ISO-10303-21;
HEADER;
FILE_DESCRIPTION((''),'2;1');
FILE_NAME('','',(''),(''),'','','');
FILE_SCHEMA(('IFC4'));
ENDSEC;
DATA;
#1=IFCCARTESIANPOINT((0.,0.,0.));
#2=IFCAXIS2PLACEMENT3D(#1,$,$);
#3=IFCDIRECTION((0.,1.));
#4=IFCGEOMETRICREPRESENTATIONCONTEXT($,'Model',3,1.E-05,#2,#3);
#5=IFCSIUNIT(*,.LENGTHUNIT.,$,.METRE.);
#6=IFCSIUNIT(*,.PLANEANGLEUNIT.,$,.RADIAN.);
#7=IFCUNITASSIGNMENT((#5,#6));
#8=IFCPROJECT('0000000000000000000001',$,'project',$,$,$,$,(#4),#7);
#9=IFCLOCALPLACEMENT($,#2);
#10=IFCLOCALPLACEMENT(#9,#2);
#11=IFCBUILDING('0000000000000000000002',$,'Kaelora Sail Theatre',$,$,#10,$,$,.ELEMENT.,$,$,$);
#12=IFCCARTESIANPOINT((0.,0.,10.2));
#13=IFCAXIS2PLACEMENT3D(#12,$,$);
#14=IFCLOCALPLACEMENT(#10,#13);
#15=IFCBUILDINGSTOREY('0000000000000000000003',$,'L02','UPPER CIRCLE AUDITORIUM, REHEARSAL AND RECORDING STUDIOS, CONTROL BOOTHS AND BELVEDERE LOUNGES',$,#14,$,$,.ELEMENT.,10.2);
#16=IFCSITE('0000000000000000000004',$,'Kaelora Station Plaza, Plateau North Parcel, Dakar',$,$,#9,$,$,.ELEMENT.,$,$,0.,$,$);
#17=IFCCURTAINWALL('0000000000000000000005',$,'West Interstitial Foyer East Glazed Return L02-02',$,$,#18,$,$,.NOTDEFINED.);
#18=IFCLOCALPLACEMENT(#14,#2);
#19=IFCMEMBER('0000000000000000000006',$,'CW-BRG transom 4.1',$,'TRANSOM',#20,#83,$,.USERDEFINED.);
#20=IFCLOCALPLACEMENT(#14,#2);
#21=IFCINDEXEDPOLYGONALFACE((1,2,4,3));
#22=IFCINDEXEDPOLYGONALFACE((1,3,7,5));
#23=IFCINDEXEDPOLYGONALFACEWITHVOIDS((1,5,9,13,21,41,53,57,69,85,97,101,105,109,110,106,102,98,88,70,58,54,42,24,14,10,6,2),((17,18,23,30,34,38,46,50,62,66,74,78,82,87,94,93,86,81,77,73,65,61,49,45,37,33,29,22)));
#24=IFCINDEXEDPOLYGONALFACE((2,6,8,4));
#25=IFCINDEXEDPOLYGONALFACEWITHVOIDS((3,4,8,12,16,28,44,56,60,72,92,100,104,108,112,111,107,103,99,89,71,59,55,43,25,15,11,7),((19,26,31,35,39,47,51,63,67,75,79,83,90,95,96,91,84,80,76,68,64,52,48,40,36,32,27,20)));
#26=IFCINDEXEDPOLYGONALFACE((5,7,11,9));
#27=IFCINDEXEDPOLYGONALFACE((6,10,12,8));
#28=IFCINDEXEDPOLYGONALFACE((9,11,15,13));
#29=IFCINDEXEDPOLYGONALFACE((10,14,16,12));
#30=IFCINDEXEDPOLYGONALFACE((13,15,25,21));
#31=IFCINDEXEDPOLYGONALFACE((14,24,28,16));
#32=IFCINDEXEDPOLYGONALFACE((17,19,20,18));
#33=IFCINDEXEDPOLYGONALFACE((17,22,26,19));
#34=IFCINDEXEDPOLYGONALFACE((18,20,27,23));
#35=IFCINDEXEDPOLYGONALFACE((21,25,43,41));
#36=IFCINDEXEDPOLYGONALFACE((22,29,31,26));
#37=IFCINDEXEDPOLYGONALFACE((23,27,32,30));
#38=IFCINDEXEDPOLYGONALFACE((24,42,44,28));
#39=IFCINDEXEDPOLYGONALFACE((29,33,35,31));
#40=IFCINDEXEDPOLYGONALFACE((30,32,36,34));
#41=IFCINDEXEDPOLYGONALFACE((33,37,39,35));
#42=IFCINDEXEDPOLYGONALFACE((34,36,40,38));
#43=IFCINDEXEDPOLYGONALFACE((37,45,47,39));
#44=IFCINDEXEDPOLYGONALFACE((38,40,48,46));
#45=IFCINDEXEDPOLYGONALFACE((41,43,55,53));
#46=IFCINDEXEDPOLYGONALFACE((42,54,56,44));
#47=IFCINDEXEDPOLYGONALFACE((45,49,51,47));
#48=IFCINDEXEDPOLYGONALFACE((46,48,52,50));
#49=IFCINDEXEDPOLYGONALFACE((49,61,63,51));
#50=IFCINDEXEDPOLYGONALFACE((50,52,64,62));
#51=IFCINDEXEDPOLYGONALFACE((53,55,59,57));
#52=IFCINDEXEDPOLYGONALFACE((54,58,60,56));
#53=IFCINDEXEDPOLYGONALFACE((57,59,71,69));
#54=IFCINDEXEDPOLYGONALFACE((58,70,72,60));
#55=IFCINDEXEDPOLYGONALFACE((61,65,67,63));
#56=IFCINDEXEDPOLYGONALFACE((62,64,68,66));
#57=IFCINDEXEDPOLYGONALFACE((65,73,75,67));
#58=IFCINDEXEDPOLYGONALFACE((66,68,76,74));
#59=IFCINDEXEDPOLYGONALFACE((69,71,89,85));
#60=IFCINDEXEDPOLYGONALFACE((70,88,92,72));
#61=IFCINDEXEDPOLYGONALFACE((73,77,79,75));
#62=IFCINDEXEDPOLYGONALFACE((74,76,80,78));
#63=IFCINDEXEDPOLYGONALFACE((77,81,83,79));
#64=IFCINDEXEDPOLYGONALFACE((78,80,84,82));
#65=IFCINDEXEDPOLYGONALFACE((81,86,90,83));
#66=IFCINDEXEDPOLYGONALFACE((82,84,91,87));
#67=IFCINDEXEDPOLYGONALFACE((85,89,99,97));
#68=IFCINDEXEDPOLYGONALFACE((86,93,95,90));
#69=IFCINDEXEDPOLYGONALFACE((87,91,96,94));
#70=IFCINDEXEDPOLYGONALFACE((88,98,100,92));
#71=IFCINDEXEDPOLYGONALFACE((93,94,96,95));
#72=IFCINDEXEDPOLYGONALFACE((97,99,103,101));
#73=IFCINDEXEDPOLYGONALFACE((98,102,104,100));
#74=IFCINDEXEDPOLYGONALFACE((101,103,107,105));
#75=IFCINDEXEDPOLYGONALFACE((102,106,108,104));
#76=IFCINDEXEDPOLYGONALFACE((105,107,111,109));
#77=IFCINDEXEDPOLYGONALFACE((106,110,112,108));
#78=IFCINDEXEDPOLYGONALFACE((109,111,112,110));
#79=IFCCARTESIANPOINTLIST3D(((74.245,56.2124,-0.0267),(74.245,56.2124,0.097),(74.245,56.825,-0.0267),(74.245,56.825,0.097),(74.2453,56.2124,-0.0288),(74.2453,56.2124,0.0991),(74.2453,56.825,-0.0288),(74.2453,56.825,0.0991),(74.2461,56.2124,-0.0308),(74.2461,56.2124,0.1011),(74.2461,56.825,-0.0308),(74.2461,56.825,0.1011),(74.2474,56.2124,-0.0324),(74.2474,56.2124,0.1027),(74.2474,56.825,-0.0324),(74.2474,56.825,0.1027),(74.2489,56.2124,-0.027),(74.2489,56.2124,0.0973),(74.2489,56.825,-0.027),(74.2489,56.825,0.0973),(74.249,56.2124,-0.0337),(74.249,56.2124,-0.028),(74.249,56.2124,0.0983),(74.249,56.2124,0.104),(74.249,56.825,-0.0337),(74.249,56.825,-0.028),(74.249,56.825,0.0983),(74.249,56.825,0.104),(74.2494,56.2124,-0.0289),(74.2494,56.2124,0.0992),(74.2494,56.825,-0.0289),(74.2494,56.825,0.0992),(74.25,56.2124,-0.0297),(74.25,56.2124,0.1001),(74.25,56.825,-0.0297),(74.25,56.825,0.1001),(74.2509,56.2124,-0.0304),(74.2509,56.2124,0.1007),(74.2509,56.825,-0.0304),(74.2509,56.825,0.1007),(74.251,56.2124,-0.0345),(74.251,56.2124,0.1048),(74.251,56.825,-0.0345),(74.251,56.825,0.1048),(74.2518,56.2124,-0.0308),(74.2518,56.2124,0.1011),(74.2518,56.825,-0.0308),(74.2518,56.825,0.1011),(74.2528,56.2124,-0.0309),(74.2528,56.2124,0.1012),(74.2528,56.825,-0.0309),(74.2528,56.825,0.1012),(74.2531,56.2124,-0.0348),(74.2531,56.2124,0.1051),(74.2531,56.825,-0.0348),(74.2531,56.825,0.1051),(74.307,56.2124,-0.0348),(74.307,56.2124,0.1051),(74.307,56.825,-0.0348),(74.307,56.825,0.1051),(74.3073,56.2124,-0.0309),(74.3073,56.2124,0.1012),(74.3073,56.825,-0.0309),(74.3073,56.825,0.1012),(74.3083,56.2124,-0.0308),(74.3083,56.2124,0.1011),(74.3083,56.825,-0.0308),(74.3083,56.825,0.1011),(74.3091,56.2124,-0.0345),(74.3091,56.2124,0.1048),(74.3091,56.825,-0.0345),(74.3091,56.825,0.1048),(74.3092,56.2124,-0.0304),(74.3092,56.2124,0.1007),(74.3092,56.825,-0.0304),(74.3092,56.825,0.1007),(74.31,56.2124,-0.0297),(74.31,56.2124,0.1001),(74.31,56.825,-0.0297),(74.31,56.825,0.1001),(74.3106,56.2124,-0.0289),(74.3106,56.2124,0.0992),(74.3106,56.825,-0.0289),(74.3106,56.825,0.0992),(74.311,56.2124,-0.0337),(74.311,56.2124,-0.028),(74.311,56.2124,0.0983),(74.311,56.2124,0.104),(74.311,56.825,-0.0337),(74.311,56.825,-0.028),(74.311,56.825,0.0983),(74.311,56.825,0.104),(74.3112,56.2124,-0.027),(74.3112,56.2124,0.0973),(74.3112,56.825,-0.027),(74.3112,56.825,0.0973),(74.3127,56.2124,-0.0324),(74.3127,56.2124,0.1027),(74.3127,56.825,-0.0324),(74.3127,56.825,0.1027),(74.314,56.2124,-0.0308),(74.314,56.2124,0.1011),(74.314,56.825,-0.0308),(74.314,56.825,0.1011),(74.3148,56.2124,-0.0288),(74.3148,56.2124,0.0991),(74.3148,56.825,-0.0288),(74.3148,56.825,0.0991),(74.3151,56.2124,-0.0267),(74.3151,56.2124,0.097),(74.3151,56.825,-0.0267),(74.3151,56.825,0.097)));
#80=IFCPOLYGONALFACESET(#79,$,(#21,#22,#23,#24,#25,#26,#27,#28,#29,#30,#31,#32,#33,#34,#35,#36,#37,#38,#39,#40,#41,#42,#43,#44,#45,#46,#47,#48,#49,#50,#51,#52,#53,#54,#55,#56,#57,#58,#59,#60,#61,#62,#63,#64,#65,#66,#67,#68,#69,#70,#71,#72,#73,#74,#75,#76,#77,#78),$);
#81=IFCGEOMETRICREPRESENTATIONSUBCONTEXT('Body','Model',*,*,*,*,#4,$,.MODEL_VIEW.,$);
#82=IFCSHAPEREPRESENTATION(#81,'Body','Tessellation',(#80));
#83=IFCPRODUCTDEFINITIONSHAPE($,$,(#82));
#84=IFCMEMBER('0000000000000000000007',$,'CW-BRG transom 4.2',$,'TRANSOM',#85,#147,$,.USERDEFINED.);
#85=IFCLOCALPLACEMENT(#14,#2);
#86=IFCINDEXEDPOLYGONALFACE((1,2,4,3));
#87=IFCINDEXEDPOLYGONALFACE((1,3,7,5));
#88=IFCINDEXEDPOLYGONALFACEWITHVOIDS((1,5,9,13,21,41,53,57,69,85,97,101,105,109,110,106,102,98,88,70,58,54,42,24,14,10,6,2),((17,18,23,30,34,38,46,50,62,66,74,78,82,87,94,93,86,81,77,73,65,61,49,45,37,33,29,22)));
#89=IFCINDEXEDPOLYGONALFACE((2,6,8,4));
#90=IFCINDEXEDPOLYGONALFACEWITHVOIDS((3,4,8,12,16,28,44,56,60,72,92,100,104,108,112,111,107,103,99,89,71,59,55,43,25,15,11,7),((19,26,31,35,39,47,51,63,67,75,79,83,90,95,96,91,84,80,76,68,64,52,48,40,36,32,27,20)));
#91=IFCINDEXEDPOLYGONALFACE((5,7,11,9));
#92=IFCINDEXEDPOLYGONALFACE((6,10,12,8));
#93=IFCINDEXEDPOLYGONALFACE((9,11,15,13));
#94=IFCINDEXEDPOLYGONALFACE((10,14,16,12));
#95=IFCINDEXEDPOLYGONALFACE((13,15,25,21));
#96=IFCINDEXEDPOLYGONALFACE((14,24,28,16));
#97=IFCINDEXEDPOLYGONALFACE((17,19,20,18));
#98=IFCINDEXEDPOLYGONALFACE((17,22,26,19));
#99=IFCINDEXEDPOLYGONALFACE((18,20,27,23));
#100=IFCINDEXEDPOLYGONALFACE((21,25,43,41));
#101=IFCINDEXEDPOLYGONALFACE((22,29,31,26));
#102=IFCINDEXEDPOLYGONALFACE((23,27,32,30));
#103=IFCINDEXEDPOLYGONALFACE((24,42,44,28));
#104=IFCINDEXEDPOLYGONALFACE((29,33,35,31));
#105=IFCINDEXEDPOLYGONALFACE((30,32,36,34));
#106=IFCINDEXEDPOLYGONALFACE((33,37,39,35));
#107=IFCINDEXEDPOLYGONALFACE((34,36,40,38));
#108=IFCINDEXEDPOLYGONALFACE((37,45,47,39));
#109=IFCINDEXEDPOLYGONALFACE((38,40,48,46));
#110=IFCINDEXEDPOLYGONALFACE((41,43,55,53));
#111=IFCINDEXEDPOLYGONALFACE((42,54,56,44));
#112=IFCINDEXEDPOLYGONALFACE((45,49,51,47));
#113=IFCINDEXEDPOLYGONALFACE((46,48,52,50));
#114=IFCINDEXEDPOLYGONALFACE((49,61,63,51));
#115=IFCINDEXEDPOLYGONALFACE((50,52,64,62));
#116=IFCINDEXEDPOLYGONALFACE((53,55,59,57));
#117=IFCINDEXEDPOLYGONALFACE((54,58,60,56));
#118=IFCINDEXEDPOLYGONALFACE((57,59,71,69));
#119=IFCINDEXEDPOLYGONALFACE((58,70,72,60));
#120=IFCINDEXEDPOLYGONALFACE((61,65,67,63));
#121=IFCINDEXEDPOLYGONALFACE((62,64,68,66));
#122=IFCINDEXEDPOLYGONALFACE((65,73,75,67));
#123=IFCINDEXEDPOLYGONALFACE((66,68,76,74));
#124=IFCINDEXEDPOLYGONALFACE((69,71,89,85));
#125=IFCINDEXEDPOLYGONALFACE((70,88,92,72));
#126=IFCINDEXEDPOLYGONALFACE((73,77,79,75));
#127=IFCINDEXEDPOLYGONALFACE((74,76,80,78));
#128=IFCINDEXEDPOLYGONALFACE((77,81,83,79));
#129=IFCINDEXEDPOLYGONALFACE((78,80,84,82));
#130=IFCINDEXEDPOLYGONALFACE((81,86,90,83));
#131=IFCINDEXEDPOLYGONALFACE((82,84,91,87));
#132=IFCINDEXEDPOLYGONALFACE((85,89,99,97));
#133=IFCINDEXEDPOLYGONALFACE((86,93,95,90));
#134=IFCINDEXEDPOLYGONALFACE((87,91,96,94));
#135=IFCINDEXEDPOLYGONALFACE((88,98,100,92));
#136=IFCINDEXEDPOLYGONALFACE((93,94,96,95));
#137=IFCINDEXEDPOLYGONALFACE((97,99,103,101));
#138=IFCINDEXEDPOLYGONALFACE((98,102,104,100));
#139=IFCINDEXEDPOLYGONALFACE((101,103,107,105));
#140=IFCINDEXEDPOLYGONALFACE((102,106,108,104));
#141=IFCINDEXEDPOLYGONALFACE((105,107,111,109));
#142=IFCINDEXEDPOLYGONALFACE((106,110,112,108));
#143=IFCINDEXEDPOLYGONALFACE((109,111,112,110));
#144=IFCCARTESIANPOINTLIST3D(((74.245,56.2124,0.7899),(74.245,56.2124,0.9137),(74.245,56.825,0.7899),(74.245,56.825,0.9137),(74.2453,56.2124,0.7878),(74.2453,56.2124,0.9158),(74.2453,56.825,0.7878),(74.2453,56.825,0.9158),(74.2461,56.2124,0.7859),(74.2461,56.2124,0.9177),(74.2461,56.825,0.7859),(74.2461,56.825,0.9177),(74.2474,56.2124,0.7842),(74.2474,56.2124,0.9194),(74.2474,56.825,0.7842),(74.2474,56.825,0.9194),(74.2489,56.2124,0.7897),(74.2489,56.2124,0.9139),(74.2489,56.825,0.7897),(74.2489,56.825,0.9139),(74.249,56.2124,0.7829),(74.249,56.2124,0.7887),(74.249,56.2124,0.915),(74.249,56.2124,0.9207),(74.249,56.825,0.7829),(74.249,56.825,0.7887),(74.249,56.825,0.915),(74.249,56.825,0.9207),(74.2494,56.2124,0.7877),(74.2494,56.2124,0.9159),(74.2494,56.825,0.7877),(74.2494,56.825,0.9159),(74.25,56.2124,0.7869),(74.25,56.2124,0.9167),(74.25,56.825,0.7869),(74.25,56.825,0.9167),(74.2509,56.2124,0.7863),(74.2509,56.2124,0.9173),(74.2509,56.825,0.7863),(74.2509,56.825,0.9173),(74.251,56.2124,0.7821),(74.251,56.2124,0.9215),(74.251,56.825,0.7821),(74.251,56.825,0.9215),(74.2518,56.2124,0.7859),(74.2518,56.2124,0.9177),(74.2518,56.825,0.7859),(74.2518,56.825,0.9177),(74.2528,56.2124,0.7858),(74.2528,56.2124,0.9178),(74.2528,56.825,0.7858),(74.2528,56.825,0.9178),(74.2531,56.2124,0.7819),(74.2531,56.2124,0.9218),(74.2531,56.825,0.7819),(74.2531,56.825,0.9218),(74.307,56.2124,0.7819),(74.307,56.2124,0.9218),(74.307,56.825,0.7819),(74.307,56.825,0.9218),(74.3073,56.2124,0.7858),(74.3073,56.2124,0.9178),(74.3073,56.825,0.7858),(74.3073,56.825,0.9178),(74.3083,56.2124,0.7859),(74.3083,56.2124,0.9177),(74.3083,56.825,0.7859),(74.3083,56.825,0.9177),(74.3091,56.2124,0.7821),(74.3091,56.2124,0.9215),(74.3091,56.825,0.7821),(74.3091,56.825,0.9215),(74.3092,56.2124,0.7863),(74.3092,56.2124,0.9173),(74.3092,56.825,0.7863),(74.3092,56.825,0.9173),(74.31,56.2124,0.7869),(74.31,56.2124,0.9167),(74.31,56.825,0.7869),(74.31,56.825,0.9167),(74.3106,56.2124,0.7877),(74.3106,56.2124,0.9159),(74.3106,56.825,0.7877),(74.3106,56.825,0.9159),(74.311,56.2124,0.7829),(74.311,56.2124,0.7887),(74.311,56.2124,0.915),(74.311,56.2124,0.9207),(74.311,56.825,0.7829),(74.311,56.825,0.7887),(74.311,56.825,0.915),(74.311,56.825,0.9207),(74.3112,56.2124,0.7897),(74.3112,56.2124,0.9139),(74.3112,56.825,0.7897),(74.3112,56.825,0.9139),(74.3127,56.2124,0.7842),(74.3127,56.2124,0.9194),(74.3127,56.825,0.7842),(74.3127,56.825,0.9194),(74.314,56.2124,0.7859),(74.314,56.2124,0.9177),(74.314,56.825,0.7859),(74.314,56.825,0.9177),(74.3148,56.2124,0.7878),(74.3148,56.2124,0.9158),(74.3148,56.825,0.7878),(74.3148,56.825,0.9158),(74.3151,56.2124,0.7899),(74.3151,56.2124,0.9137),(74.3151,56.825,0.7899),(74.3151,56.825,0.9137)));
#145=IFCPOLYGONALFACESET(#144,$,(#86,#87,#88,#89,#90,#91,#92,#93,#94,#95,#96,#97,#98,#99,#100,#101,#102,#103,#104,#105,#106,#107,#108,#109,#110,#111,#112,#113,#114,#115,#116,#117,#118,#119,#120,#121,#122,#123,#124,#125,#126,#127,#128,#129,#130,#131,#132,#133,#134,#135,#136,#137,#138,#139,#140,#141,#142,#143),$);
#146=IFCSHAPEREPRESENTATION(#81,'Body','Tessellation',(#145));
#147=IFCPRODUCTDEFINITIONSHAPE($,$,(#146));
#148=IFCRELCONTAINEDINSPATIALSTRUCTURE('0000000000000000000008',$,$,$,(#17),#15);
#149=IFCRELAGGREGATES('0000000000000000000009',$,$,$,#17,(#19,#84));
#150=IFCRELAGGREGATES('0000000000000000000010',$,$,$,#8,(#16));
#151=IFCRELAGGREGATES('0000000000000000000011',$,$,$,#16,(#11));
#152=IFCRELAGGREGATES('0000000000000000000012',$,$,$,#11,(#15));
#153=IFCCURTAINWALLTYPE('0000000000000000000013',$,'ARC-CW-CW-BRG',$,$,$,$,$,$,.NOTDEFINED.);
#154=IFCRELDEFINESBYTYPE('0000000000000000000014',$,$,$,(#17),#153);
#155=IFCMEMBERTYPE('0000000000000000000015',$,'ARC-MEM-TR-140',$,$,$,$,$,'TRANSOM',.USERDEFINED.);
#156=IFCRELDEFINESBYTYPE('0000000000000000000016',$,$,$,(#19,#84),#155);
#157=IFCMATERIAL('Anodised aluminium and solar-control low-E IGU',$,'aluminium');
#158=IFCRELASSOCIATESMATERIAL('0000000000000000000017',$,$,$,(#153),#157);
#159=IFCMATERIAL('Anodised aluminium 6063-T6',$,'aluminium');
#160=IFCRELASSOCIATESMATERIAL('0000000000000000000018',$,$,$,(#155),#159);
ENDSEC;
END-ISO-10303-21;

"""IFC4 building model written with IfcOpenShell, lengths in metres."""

from ifc_helpers import new_model, si_unit, direction, frame, origin, origin_2d, place, context, subcontext, project, spatial, hollow_rectangle, extrude, material, material_profile, profile_set, type_object, element, aggregate, save


model = new_model("IFC4")

# Units and contexts
model_context = context("Model", 3, precision=1e-05, world=origin(), true_north=direction((0.0, 1.0)))
body_context = subcontext(model_context, "Body", "Model", "MODEL_VIEW")
ifc_project = project(units=[si_unit("LENGTHUNIT", "METRE"), si_unit("PLANEANGLEUNIT", "RADIAN")], contexts=[model_context])

# Site, building, storey
site_placement = place(None, origin())
site = spatial("IfcSite", under=ifc_project, at=site_placement, Name="Kaelora Station Plaza, Plateau North Parcel, Dakar", CompositionType="ELEMENT", RefElevation=0.0)
building_placement = place(site_placement, origin())
building = spatial("IfcBuilding", under=site, at=building_placement, Name="Kaelora Sail Theatre", CompositionType="ELEMENT")
storey_placement = place(building_placement, frame((0.0, 0.0, 10.2)))
storey = spatial("IfcBuildingStorey", under=building, at=storey_placement, Name="L02", Description="UPPER CIRCLE AUDITORIUM, REHEARSAL AND RECORDING STUDIOS, CONTROL BOOTHS AND BELVEDERE LOUNGES", CompositionType="ELEMENT", Elevation=10.2)

# Curtain wall, members
ifc_material_1 = material(Name="Anodised aluminium and solar-control low-E IGU", Category="aluminium")
curtain_wall_type = type_object("IfcCurtainWallType", Name="ARC-CW-CW-BRG", PredefinedType="NOTDEFINED", material=ifc_material_1)
curtain_wall_placement = place(storey_placement, origin())
curtain_wall = element("IfcCurtainWall", 1, at=curtain_wall_placement, inside=storey, type_object=curtain_wall_type, Name="West Interstitial Foyer East Glazed Return L02-02", PredefinedType="NOTDEFINED")
ifc_material_2 = material(Name="Anodised aluminium 6063-T6", Category="aluminium")
ifc_material_profile_1 = material_profile(ifc_material_2, hollow_rectangle(XDim=0.0701, YDim=0.1399, WallThickness=0.0039, InnerFilletRadius=0.0039, OuterFilletRadius=0.0081, at=origin_2d()), Name="ALU-TRAN 70x140x4")
ifc_profile_set_1 = profile_set([ifc_material_profile_1], Name="Anodised aluminium 6063-T6")
member_type_1 = type_object("IfcMemberType", Name="ARC-MEM-TR-140", ElementType="TRANSOM", PredefinedType="USERDEFINED", material=ifc_profile_set_1)
member_1_placement = place(storey_placement, frame((74.28, 56.2124, 0.0352), z_axis=(0.0, 1.0, 0.0), x_axis=(-1.0, 0.0, 0.0)))
member_1 = element("IfcMember", 2, at=member_1_placement, type_object=member_type_1, Name="CW-BRG transom 4.1", ObjectType="TRANSOM", PredefinedType="USERDEFINED", context=body_context, shape_type="SweptSolid", body=[
    extrude(hollow_rectangle(XDim=0.0701, YDim=0.1399, WallThickness=0.0039, InnerFilletRadius=0.0039, OuterFilletRadius=0.0081, at=origin_2d()), origin(), (0.0, 0.0, 1.0), 0.6125),
])
member_2_placement = place(storey_placement, frame((74.28, 56.2124, 0.8518), z_axis=(0.0, 1.0, 0.0), x_axis=(-1.0, 0.0, 0.0)))
member_2 = element("IfcMember", 3, at=member_2_placement, type_object=member_type_1, Name="CW-BRG transom 4.2", ObjectType="TRANSOM", PredefinedType="USERDEFINED", context=body_context, shape_type="SweptSolid", body=[
    extrude(hollow_rectangle(XDim=0.0701, YDim=0.1399, WallThickness=0.0039, InnerFilletRadius=0.0039, OuterFilletRadius=0.0081, at=origin_2d()), origin(), (0.0, 0.0, 1.0), 0.6125),
])

aggregate(curtain_wall, [member_1, member_2])

save(model, "model.ifc")
